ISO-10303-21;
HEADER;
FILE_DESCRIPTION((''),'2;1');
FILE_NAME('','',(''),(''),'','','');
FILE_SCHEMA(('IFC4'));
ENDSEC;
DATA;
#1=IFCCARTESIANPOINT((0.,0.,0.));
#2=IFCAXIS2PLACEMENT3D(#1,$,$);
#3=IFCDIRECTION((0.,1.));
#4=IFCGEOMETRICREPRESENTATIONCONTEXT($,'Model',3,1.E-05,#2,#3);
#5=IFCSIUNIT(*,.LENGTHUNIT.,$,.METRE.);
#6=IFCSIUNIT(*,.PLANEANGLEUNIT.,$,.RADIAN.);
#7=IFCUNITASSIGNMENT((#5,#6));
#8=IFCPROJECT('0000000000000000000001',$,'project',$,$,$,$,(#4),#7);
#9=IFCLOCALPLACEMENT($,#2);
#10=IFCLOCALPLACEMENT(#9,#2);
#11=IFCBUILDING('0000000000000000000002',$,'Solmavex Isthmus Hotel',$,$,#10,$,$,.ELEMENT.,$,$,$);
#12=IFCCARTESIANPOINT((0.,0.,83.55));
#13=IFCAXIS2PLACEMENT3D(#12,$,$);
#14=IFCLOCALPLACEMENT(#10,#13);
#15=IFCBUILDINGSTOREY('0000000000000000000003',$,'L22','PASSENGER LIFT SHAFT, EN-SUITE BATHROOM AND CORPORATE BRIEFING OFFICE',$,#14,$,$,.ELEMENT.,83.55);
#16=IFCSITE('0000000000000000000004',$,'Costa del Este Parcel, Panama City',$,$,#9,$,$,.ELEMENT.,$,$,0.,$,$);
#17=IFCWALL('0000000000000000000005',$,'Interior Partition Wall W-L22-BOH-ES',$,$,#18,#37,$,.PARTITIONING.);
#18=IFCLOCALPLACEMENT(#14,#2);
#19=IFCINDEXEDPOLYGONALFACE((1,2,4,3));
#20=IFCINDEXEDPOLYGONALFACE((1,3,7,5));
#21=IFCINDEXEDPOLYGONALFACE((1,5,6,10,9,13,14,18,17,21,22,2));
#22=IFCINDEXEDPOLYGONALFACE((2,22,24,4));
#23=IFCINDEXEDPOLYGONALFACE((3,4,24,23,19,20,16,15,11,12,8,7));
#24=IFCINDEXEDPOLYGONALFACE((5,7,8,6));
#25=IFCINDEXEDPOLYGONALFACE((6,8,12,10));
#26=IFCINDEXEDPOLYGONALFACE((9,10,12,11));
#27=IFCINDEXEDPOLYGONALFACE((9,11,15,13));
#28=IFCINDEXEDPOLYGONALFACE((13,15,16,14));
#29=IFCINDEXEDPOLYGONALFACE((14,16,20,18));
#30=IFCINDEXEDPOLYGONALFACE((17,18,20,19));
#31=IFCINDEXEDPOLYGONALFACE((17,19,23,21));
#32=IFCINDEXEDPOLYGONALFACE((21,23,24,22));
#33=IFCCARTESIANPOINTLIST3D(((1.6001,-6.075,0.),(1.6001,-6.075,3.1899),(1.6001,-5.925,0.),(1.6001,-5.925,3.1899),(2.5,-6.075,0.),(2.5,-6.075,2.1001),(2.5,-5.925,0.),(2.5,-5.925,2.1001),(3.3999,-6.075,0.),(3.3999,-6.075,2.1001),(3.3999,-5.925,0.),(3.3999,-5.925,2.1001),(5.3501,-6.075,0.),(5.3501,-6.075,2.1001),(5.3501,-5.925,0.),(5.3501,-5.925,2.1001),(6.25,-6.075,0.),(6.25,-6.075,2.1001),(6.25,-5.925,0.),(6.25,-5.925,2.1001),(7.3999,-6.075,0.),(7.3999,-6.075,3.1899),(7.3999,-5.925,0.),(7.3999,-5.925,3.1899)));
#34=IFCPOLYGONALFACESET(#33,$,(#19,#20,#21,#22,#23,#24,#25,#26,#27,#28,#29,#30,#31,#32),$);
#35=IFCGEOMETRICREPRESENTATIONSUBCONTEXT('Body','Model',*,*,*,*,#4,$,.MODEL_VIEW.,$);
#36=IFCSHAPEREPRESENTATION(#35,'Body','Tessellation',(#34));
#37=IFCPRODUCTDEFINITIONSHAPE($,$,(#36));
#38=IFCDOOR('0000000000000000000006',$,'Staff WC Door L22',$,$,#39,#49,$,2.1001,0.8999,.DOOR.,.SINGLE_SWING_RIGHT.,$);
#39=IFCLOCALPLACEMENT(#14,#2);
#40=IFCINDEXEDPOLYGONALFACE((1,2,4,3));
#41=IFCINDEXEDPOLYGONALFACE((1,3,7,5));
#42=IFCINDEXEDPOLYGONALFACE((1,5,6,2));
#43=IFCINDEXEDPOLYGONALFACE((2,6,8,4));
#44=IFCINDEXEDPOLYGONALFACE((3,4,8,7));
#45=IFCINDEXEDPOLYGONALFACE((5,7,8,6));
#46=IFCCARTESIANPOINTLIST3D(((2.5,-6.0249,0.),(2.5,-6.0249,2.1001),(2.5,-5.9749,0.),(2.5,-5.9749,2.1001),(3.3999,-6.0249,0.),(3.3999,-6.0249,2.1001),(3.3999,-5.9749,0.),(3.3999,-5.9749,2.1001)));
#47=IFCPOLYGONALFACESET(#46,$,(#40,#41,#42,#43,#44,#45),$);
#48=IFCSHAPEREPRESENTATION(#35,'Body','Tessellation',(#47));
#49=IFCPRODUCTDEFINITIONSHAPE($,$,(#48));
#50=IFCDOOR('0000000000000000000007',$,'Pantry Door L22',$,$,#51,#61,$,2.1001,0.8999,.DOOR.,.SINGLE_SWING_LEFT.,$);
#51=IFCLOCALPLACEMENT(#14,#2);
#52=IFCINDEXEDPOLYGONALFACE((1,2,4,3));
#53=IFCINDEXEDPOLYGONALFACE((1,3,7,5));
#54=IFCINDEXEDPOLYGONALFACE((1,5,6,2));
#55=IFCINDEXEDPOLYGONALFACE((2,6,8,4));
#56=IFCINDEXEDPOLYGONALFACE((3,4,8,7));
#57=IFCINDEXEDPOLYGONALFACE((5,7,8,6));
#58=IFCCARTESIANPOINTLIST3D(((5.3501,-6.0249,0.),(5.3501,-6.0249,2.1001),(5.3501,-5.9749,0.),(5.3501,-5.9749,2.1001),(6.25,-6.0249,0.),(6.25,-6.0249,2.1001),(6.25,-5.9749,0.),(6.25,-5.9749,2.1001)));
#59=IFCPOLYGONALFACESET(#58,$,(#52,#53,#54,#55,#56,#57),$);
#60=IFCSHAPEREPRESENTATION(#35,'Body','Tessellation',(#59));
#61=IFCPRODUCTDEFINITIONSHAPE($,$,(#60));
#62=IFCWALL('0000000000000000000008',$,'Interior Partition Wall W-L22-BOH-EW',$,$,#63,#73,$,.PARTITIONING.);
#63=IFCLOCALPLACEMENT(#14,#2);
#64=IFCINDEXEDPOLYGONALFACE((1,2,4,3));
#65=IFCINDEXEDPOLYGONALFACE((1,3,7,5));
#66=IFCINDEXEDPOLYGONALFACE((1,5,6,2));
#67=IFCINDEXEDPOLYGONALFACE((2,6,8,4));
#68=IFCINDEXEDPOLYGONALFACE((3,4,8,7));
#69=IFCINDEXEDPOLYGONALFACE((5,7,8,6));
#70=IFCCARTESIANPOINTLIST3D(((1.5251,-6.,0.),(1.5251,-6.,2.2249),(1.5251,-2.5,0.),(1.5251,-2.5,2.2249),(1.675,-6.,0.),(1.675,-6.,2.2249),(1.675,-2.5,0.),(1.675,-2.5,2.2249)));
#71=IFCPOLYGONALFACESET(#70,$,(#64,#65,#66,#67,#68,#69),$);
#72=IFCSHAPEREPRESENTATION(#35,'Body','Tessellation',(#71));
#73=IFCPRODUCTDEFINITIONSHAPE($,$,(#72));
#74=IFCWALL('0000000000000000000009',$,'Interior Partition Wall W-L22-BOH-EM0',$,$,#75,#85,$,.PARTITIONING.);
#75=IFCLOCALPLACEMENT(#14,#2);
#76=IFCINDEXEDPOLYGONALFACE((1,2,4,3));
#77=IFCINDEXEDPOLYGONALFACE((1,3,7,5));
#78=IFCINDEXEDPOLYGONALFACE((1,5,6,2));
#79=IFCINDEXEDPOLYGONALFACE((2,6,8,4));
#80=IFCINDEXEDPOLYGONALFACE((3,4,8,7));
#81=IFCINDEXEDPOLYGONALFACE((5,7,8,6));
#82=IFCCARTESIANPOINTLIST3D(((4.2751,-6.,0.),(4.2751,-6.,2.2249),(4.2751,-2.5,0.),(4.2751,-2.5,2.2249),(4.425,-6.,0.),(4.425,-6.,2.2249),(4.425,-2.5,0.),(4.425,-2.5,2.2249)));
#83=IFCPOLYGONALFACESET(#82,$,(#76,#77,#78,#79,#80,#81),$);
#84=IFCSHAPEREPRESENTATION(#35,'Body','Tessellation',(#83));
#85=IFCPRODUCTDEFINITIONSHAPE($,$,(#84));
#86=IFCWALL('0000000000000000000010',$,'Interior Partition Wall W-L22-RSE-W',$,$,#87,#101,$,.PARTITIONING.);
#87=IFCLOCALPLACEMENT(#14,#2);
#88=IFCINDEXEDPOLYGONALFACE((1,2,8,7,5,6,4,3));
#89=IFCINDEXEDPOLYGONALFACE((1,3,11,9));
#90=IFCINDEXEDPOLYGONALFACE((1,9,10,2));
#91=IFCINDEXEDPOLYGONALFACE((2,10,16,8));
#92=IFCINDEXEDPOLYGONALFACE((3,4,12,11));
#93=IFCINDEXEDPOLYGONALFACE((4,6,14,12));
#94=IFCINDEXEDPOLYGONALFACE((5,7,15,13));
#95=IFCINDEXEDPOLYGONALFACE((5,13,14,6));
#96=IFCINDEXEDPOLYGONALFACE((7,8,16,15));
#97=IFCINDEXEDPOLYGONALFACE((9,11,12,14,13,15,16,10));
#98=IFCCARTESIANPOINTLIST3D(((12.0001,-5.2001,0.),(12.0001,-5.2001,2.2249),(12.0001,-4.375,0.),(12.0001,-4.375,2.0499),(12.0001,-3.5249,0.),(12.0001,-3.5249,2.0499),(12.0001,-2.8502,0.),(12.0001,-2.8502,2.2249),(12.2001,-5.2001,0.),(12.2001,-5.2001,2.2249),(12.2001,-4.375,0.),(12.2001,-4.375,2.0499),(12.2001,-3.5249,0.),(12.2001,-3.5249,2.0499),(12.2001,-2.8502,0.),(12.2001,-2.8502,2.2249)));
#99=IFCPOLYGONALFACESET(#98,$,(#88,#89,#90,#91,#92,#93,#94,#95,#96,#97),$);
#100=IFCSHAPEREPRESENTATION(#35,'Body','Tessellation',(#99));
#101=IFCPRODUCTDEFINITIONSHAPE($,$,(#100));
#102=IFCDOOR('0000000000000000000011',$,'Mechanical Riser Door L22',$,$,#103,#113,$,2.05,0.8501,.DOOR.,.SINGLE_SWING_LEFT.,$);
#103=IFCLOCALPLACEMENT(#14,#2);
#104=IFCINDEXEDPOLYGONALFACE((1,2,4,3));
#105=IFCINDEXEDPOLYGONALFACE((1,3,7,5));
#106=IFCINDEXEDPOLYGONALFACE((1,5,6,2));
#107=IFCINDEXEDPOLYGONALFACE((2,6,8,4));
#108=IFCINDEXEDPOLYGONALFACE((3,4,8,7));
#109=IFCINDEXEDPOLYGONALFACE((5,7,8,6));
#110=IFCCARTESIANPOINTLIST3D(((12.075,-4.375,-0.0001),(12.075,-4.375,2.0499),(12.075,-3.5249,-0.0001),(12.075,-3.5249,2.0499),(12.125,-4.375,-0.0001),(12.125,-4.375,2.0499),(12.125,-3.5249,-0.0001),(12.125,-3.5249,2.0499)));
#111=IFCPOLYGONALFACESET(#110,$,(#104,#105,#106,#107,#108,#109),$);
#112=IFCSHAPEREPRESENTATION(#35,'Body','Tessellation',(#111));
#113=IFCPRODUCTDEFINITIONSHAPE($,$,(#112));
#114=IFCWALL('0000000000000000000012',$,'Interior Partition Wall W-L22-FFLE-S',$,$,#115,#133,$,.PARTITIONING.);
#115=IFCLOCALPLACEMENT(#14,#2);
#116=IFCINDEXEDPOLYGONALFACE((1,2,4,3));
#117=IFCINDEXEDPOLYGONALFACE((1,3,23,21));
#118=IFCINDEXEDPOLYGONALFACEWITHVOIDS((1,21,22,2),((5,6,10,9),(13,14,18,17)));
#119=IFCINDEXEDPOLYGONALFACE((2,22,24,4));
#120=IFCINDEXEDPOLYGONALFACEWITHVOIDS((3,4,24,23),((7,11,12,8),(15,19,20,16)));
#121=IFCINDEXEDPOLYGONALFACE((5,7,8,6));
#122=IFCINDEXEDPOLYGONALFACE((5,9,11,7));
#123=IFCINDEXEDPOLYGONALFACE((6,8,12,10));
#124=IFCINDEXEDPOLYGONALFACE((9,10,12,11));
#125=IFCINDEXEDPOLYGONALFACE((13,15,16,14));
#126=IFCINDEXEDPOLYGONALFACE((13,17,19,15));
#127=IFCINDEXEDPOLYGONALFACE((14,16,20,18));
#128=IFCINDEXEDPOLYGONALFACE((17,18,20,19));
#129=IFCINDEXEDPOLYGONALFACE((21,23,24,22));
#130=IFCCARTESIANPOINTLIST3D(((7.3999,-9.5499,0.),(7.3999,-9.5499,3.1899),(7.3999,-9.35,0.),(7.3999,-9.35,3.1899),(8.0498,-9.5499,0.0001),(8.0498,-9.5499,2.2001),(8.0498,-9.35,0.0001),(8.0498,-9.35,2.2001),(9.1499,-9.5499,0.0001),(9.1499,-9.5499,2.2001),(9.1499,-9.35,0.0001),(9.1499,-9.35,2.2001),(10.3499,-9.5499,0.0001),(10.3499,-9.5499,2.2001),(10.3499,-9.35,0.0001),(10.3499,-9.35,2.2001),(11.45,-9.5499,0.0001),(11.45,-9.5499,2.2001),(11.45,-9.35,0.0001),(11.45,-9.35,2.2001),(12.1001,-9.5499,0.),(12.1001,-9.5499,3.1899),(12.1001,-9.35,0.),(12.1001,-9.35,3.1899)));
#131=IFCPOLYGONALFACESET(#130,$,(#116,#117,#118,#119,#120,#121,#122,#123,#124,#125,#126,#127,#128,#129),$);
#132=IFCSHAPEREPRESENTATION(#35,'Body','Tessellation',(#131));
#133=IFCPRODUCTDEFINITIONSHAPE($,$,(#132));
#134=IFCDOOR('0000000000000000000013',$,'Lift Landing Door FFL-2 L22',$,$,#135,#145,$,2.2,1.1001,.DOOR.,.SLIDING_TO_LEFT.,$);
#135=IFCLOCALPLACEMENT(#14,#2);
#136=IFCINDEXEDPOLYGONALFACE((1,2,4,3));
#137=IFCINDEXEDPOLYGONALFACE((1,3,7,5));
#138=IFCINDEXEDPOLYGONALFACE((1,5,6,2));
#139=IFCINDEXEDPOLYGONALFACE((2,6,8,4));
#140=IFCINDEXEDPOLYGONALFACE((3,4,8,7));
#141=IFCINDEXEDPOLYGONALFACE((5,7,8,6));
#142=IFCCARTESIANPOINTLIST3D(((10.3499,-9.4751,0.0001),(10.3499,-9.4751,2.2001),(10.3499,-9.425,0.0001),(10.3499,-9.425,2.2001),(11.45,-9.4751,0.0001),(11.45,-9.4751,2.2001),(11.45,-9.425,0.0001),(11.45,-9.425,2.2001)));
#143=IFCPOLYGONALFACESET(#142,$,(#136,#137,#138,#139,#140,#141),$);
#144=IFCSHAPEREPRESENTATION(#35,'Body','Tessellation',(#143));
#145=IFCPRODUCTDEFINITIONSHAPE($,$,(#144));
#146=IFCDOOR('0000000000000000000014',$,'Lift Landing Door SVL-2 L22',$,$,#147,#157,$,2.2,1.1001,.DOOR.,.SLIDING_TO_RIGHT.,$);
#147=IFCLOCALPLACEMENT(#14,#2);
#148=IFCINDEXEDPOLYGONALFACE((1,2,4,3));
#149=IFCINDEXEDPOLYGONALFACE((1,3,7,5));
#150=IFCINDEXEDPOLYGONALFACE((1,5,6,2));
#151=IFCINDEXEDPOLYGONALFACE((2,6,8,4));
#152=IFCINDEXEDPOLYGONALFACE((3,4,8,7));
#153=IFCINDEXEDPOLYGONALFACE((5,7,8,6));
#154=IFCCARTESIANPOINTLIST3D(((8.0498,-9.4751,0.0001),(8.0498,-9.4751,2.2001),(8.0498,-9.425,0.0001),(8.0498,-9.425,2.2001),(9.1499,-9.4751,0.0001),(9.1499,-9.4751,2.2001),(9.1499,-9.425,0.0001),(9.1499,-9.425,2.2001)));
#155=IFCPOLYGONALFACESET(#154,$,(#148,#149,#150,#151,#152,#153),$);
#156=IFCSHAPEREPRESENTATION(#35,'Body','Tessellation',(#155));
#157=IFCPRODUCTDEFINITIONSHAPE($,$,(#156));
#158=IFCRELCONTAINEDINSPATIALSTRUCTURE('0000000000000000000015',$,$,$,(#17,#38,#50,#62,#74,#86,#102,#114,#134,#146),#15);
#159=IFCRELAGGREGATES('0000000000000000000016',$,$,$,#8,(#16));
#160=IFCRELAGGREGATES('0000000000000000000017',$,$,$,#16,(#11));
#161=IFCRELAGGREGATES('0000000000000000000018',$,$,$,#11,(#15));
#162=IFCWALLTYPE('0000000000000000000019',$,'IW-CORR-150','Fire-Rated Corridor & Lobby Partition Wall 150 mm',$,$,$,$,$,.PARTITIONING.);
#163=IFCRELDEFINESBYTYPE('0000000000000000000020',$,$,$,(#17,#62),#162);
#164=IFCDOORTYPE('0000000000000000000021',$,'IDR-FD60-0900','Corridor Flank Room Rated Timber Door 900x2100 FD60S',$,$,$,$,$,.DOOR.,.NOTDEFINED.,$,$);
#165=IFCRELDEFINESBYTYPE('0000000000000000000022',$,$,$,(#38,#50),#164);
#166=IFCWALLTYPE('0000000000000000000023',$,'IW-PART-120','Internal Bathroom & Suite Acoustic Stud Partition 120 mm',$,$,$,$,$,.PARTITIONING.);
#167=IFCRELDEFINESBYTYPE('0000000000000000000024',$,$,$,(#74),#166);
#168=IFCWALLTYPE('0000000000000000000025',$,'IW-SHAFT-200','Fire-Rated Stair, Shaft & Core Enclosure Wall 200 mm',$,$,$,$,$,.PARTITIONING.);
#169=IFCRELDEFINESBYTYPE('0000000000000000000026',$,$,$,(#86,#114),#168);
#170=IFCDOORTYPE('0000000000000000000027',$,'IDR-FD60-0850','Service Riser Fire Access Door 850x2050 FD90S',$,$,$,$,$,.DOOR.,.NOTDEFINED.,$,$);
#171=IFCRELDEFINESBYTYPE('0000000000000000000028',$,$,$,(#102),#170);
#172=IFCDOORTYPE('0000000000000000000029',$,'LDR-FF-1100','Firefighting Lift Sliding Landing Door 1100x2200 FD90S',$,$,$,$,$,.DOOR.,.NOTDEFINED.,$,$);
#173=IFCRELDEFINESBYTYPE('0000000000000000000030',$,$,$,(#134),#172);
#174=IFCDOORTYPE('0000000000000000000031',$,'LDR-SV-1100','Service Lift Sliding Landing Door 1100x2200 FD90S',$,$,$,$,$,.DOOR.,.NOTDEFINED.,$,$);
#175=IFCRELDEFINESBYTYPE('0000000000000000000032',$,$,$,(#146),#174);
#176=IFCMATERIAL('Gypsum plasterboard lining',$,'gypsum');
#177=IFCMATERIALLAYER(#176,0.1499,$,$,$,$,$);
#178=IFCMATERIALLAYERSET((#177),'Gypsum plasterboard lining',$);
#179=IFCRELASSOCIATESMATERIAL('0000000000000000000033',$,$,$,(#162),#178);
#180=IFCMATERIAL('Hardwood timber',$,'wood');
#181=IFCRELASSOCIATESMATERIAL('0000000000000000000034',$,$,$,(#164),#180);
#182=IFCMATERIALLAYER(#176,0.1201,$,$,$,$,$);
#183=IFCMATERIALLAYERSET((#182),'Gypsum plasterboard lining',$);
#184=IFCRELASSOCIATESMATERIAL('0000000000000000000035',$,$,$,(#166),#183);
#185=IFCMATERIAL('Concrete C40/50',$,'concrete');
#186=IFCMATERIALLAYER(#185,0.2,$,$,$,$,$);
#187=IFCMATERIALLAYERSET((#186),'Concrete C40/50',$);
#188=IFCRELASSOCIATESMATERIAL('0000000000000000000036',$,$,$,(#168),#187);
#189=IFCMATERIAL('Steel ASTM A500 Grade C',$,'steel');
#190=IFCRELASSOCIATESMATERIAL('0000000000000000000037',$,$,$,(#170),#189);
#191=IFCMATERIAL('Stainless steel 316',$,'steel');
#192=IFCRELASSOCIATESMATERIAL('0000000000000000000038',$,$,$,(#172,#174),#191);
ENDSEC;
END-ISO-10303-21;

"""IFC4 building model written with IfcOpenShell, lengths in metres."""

from ifc_helpers import new_model, si_unit, direction, frame, frame_2d, origin, place, context, subcontext, project, spatial, rectangle, extrude, material, layer, layer_set, type_object, element, fill, save


model = new_model("IFC4")

# Units and contexts
model_context = context("Model", 3, precision=1e-05, world=origin(), true_north=direction((0.0, 1.0)))
body_context = subcontext(model_context, "Body", "Model", "MODEL_VIEW")
ifc_project = project(units=[si_unit("LENGTHUNIT", "METRE"), si_unit("PLANEANGLEUNIT", "RADIAN")], contexts=[model_context])

# Site, building, storey
site_placement = place(None, origin())
site = spatial("IfcSite", under=ifc_project, at=site_placement, Name="Costa del Este Parcel, Panama City", CompositionType="ELEMENT", RefElevation=0.0)
building_placement = place(site_placement, origin())
building = spatial("IfcBuilding", under=site, at=building_placement, Name="Solmavex Isthmus Hotel", CompositionType="ELEMENT")
storey_placement = place(building_placement, frame((0.0, 0.0, 83.55)))
storey = spatial("IfcBuildingStorey", under=building, at=storey_placement, Name="L22", Description="PASSENGER LIFT SHAFT, EN-SUITE BATHROOM AND CORPORATE BRIEFING OFFICE", CompositionType="ELEMENT", Elevation=83.55)

# Wall, openings, doors
ifc_material_1 = material(Name="Gypsum plasterboard lining", Category="gypsum")
ifc_layer_1 = layer(ifc_material_1, 0.1499)
ifc_layer_set_1 = layer_set([ifc_layer_1], Name="Gypsum plasterboard lining")
wall_type_1 = type_object("IfcWallType", Name="IW-CORR-150", Description="Fire-Rated Corridor & Lobby Partition Wall 150 mm", PredefinedType="PARTITIONING", material=ifc_layer_set_1)
wall_1_placement = place(storey_placement, frame((1.6001, -6.0, 0.0), z_axis=(0.0, 0.0, 1.0), x_axis=(1.0, 0.0, 0.0)))
wall_1 = element("IfcWall", 1, at=wall_1_placement, inside=storey, type_object=wall_type_1, Name="Interior Partition Wall W-L22-BOH-ES", PredefinedType="PARTITIONING", context=body_context, shape_type="SweptSolid", body=[
    extrude(rectangle(XDim=5.7998, YDim=0.1499, at=frame_2d((2.8999, 0.0))), origin(), (0.0, 0.0, 1.0), 3.1899),
])
opening_1_placement = place(wall_1_placement, frame((0.8999, 0.0, 0.0)))
opening_1 = element("IfcOpeningElement", 2, at=opening_1_placement, cuts=wall_1, PredefinedType="OPENING", context=body_context, shape_type="SweptSolid", body=[
    extrude(rectangle(XDim=0.8999, YDim=2.1001, at=frame_2d((0.45, 1.05))), frame((0.0, 0.085, 0.0), z_axis=(0.0, -1.0, 0.0), x_axis=(1.0, 0.0, 0.0)), (0.0, 0.0, 1.0), 0.1699),
])
opening_2_placement = place(wall_1_placement, frame((3.75, 0.0, 0.0)))
opening_2 = element("IfcOpeningElement", 3, at=opening_2_placement, cuts=wall_1, PredefinedType="OPENING", context=body_context, shape_type="SweptSolid", body=[
    extrude(rectangle(XDim=0.8999, YDim=2.1001, at=frame_2d((0.45, 1.05))), frame((0.0, 0.085, 0.0), z_axis=(0.0, -1.0, 0.0), x_axis=(1.0, 0.0, 0.0)), (0.0, 0.0, 1.0), 0.1699),
])
ifc_material_2 = material(Name="Hardwood timber", Category="wood")
door_type_1 = type_object("IfcDoorType", Name="IDR-FD60-0900", Description="Corridor Flank Room Rated Timber Door 900x2100 FD60S", OperationType="NOTDEFINED", PredefinedType="DOOR", material=ifc_material_2)
door_1_placement = place(opening_1_placement, frame((0.8999, 0.0, 0.0), z_axis=(0.0, 0.0, 1.0), x_axis=(-1.0, 0.0, 0.0)))
door_1 = element("IfcDoor", 4, at=door_1_placement, inside=storey, type_object=door_type_1, Name="Staff WC Door L22", OperationType="SINGLE_SWING_RIGHT", OverallHeight=2.1001, OverallWidth=0.8999, PredefinedType="DOOR", context=body_context, shape_type="SweptSolid", body=[
    extrude(rectangle(XDim=0.8999, YDim=2.1001, at=frame_2d((0.45, 1.05))), frame((0.0, 0.0249, 0.0), z_axis=(0.0, -1.0, 0.0), x_axis=(1.0, 0.0, 0.0)), (0.0, 0.0, 1.0), 0.05),
])
fill(opening_1, door_1)
door_2_placement = place(opening_2_placement, frame((0.8999, 0.0, 0.0), z_axis=(0.0, 0.0, 1.0), x_axis=(-1.0, 0.0, 0.0)))
door_2 = element("IfcDoor", 5, at=door_2_placement, inside=storey, type_object=door_type_1, Name="Pantry Door L22", OperationType="SINGLE_SWING_LEFT", OverallHeight=2.1001, OverallWidth=0.8999, PredefinedType="DOOR", context=body_context, shape_type="SweptSolid", body=[
    extrude(rectangle(XDim=0.8999, YDim=2.1001, at=frame_2d((0.45, 1.05))), frame((0.0, 0.0249, 0.0), z_axis=(0.0, -1.0, 0.0), x_axis=(1.0, 0.0, 0.0)), (0.0, 0.0, 1.0), 0.05),
])
fill(opening_2, door_2)

# Walls
wall_2_placement = place(storey_placement, frame((1.6001, -6.0, 0.0), z_axis=(0.0, 0.0, 1.0), x_axis=(0.0, 1.0, 0.0)))
element("IfcWall", 6, at=wall_2_placement, inside=storey, type_object=wall_type_1, Name="Interior Partition Wall W-L22-BOH-EW", PredefinedType="PARTITIONING", context=body_context, shape_type="SweptSolid", body=[
    extrude(rectangle(XDim=3.5, YDim=0.1499, at=frame_2d((1.75, 0.0))), origin(), (0.0, 0.0, 1.0), 2.2249),
])
ifc_layer_2 = layer(ifc_material_1, 0.1201)
ifc_layer_set_2 = layer_set([ifc_layer_2], Name="Gypsum plasterboard lining")
wall_type_2 = type_object("IfcWallType", Name="IW-PART-120", Description="Internal Bathroom & Suite Acoustic Stud Partition 120 mm", PredefinedType="PARTITIONING", material=ifc_layer_set_2)
wall_3_placement = place(storey_placement, frame((4.3501, -6.0, 0.0), z_axis=(0.0, 0.0, 1.0), x_axis=(0.0, 1.0, 0.0)))
element("IfcWall", 7, at=wall_3_placement, inside=storey, type_object=wall_type_2, Name="Interior Partition Wall W-L22-BOH-EM0", PredefinedType="PARTITIONING", context=body_context, shape_type="SweptSolid", body=[
    extrude(rectangle(XDim=3.5, YDim=0.1499, at=frame_2d((1.75, 0.0))), origin(), (0.0, 0.0, 1.0), 2.2249),
])

# Wall, opening, door
ifc_material_3 = material(Name="Concrete C40/50", Category="concrete")
ifc_layer_3 = layer(ifc_material_3, 0.2)
ifc_layer_set_3 = layer_set([ifc_layer_3], Name="Concrete C40/50")
wall_type_3 = type_object("IfcWallType", Name="IW-SHAFT-200", Description="Fire-Rated Stair, Shaft & Core Enclosure Wall 200 mm", PredefinedType="PARTITIONING", material=ifc_layer_set_3)
wall_4_placement = place(storey_placement, frame((12.1001, -5.2, 0.0), z_axis=(0.0, 0.0, 1.0), x_axis=(0.0, 1.0, 0.0)))
wall_4 = element("IfcWall", 8, at=wall_4_placement, inside=storey, type_object=wall_type_3, Name="Interior Partition Wall W-L22-RSE-W", PredefinedType="PARTITIONING", context=body_context, shape_type="SweptSolid", body=[
    extrude(rectangle(XDim=2.3499, YDim=0.2, at=frame_2d((1.1748, 0.0))), origin(), (0.0, 0.0, 1.0), 2.2249),
])
opening_3_placement = place(wall_4_placement, frame((0.825, 0.0, 0.0)))
opening_3 = element("IfcOpeningElement", 9, at=opening_3_placement, cuts=wall_4, PredefinedType="OPENING", context=body_context, shape_type="SweptSolid", body=[
    extrude(rectangle(XDim=0.8501, YDim=2.05, at=frame_2d((0.425, 1.0249))), frame((0.0, 0.1099, 0.0), z_axis=(0.0, -1.0, 0.0), x_axis=(1.0, 0.0, 0.0)), (0.0, 0.0, 1.0), 0.22),
])
ifc_material_4 = material(Name="Steel ASTM A500 Grade C", Category="steel")
door_type_2 = type_object("IfcDoorType", Name="IDR-FD60-0850", Description="Service Riser Fire Access Door 850x2050 FD90S", OperationType="NOTDEFINED", PredefinedType="DOOR", material=ifc_material_4)
door_3_placement = place(opening_3_placement, frame((0.8501, 0.0, 0.0), z_axis=(0.0, 0.0, 1.0), x_axis=(-1.0, 0.0, 0.0)))
door_3 = element("IfcDoor", 10, at=door_3_placement, inside=storey, type_object=door_type_2, Name="Mechanical Riser Door L22", OperationType="SINGLE_SWING_LEFT", OverallHeight=2.05, OverallWidth=0.8501, PredefinedType="DOOR", context=body_context, shape_type="SweptSolid", body=[
    extrude(rectangle(XDim=0.8501, YDim=2.05, at=frame_2d((0.425, 1.0249))), frame((0.0, 0.0249, 0.0), z_axis=(0.0, -1.0, 0.0), x_axis=(1.0, 0.0, 0.0)), (0.0, 0.0, 1.0), 0.05),
])
fill(opening_3, door_3)

# Wall, openings, doors
wall_5_placement = place(storey_placement, frame((7.3999, -9.45, 0.0), z_axis=(0.0, 0.0, 1.0), x_axis=(1.0, 0.0, 0.0)))
wall_5 = element("IfcWall", 11, at=wall_5_placement, inside=storey, type_object=wall_type_3, Name="Interior Partition Wall W-L22-FFLE-S", PredefinedType="PARTITIONING", context=body_context, shape_type="SweptSolid", body=[
    extrude(rectangle(XDim=4.7002, YDim=0.2, at=frame_2d((2.3501, 0.0))), origin(), (0.0, 0.0, 1.0), 3.1899),
])
opening_4_placement = place(wall_5_placement, frame((2.95, 0.0, 0.0)))
opening_4 = element("IfcOpeningElement", 12, at=opening_4_placement, cuts=wall_5, PredefinedType="OPENING", context=body_context, shape_type="SweptSolid", body=[
    extrude(rectangle(XDim=1.1001, YDim=2.2, at=frame_2d((0.55, 1.1001))), frame((0.0, 0.1099, 0.0), z_axis=(0.0, -1.0, 0.0), x_axis=(1.0, 0.0, 0.0)), (0.0, 0.0, 1.0), 0.22),
])
opening_5_placement = place(wall_5_placement, frame((0.6499, 0.0, 0.0)))
opening_5 = element("IfcOpeningElement", 13, at=opening_5_placement, cuts=wall_5, PredefinedType="OPENING", context=body_context, shape_type="SweptSolid", body=[
    extrude(rectangle(XDim=1.1001, YDim=2.2, at=frame_2d((0.55, 1.1001))), frame((0.0, 0.1099, 0.0), z_axis=(0.0, -1.0, 0.0), x_axis=(1.0, 0.0, 0.0)), (0.0, 0.0, 1.0), 0.22),
])
ifc_material_5 = material(Name="Stainless steel 316", Category="steel")
door_type_3 = type_object("IfcDoorType", Name="LDR-FF-1100", Description="Firefighting Lift Sliding Landing Door 1100x2200 FD90S", OperationType="NOTDEFINED", PredefinedType="DOOR", material=ifc_material_5)
door_4_placement = place(opening_4_placement, origin())
door_4 = element("IfcDoor", 14, at=door_4_placement, inside=storey, type_object=door_type_3, Name="Lift Landing Door FFL-2 L22", OperationType="SLIDING_TO_LEFT", OverallHeight=2.2, OverallWidth=1.1001, PredefinedType="DOOR", context=body_context, shape_type="SweptSolid", body=[
    extrude(rectangle(XDim=1.1001, YDim=2.2, at=frame_2d((0.55, 1.1001))), frame((0.0, 0.0249, 0.0), z_axis=(0.0, -1.0, 0.0), x_axis=(1.0, 0.0, 0.0)), (0.0, 0.0, 1.0), 0.05),
])
fill(opening_4, door_4)
door_type_4 = type_object("IfcDoorType", Name="LDR-SV-1100", Description="Service Lift Sliding Landing Door 1100x2200 FD90S", OperationType="NOTDEFINED", PredefinedType="DOOR", material=ifc_material_5)
door_5_placement = place(opening_5_placement, origin())
door_5 = element("IfcDoor", 15, at=door_5_placement, inside=storey, type_object=door_type_4, Name="Lift Landing Door SVL-2 L22", OperationType="SLIDING_TO_RIGHT", OverallHeight=2.2, OverallWidth=1.1001, PredefinedType="DOOR", context=body_context, shape_type="SweptSolid", body=[
    extrude(rectangle(XDim=1.1001, YDim=2.2, at=frame_2d((0.55, 1.1001))), frame((0.0, 0.0249, 0.0), z_axis=(0.0, -1.0, 0.0), x_axis=(1.0, 0.0, 0.0)), (0.0, 0.0, 1.0), 0.05),
])
fill(opening_5, door_5)

save(model, "model.ifc")
